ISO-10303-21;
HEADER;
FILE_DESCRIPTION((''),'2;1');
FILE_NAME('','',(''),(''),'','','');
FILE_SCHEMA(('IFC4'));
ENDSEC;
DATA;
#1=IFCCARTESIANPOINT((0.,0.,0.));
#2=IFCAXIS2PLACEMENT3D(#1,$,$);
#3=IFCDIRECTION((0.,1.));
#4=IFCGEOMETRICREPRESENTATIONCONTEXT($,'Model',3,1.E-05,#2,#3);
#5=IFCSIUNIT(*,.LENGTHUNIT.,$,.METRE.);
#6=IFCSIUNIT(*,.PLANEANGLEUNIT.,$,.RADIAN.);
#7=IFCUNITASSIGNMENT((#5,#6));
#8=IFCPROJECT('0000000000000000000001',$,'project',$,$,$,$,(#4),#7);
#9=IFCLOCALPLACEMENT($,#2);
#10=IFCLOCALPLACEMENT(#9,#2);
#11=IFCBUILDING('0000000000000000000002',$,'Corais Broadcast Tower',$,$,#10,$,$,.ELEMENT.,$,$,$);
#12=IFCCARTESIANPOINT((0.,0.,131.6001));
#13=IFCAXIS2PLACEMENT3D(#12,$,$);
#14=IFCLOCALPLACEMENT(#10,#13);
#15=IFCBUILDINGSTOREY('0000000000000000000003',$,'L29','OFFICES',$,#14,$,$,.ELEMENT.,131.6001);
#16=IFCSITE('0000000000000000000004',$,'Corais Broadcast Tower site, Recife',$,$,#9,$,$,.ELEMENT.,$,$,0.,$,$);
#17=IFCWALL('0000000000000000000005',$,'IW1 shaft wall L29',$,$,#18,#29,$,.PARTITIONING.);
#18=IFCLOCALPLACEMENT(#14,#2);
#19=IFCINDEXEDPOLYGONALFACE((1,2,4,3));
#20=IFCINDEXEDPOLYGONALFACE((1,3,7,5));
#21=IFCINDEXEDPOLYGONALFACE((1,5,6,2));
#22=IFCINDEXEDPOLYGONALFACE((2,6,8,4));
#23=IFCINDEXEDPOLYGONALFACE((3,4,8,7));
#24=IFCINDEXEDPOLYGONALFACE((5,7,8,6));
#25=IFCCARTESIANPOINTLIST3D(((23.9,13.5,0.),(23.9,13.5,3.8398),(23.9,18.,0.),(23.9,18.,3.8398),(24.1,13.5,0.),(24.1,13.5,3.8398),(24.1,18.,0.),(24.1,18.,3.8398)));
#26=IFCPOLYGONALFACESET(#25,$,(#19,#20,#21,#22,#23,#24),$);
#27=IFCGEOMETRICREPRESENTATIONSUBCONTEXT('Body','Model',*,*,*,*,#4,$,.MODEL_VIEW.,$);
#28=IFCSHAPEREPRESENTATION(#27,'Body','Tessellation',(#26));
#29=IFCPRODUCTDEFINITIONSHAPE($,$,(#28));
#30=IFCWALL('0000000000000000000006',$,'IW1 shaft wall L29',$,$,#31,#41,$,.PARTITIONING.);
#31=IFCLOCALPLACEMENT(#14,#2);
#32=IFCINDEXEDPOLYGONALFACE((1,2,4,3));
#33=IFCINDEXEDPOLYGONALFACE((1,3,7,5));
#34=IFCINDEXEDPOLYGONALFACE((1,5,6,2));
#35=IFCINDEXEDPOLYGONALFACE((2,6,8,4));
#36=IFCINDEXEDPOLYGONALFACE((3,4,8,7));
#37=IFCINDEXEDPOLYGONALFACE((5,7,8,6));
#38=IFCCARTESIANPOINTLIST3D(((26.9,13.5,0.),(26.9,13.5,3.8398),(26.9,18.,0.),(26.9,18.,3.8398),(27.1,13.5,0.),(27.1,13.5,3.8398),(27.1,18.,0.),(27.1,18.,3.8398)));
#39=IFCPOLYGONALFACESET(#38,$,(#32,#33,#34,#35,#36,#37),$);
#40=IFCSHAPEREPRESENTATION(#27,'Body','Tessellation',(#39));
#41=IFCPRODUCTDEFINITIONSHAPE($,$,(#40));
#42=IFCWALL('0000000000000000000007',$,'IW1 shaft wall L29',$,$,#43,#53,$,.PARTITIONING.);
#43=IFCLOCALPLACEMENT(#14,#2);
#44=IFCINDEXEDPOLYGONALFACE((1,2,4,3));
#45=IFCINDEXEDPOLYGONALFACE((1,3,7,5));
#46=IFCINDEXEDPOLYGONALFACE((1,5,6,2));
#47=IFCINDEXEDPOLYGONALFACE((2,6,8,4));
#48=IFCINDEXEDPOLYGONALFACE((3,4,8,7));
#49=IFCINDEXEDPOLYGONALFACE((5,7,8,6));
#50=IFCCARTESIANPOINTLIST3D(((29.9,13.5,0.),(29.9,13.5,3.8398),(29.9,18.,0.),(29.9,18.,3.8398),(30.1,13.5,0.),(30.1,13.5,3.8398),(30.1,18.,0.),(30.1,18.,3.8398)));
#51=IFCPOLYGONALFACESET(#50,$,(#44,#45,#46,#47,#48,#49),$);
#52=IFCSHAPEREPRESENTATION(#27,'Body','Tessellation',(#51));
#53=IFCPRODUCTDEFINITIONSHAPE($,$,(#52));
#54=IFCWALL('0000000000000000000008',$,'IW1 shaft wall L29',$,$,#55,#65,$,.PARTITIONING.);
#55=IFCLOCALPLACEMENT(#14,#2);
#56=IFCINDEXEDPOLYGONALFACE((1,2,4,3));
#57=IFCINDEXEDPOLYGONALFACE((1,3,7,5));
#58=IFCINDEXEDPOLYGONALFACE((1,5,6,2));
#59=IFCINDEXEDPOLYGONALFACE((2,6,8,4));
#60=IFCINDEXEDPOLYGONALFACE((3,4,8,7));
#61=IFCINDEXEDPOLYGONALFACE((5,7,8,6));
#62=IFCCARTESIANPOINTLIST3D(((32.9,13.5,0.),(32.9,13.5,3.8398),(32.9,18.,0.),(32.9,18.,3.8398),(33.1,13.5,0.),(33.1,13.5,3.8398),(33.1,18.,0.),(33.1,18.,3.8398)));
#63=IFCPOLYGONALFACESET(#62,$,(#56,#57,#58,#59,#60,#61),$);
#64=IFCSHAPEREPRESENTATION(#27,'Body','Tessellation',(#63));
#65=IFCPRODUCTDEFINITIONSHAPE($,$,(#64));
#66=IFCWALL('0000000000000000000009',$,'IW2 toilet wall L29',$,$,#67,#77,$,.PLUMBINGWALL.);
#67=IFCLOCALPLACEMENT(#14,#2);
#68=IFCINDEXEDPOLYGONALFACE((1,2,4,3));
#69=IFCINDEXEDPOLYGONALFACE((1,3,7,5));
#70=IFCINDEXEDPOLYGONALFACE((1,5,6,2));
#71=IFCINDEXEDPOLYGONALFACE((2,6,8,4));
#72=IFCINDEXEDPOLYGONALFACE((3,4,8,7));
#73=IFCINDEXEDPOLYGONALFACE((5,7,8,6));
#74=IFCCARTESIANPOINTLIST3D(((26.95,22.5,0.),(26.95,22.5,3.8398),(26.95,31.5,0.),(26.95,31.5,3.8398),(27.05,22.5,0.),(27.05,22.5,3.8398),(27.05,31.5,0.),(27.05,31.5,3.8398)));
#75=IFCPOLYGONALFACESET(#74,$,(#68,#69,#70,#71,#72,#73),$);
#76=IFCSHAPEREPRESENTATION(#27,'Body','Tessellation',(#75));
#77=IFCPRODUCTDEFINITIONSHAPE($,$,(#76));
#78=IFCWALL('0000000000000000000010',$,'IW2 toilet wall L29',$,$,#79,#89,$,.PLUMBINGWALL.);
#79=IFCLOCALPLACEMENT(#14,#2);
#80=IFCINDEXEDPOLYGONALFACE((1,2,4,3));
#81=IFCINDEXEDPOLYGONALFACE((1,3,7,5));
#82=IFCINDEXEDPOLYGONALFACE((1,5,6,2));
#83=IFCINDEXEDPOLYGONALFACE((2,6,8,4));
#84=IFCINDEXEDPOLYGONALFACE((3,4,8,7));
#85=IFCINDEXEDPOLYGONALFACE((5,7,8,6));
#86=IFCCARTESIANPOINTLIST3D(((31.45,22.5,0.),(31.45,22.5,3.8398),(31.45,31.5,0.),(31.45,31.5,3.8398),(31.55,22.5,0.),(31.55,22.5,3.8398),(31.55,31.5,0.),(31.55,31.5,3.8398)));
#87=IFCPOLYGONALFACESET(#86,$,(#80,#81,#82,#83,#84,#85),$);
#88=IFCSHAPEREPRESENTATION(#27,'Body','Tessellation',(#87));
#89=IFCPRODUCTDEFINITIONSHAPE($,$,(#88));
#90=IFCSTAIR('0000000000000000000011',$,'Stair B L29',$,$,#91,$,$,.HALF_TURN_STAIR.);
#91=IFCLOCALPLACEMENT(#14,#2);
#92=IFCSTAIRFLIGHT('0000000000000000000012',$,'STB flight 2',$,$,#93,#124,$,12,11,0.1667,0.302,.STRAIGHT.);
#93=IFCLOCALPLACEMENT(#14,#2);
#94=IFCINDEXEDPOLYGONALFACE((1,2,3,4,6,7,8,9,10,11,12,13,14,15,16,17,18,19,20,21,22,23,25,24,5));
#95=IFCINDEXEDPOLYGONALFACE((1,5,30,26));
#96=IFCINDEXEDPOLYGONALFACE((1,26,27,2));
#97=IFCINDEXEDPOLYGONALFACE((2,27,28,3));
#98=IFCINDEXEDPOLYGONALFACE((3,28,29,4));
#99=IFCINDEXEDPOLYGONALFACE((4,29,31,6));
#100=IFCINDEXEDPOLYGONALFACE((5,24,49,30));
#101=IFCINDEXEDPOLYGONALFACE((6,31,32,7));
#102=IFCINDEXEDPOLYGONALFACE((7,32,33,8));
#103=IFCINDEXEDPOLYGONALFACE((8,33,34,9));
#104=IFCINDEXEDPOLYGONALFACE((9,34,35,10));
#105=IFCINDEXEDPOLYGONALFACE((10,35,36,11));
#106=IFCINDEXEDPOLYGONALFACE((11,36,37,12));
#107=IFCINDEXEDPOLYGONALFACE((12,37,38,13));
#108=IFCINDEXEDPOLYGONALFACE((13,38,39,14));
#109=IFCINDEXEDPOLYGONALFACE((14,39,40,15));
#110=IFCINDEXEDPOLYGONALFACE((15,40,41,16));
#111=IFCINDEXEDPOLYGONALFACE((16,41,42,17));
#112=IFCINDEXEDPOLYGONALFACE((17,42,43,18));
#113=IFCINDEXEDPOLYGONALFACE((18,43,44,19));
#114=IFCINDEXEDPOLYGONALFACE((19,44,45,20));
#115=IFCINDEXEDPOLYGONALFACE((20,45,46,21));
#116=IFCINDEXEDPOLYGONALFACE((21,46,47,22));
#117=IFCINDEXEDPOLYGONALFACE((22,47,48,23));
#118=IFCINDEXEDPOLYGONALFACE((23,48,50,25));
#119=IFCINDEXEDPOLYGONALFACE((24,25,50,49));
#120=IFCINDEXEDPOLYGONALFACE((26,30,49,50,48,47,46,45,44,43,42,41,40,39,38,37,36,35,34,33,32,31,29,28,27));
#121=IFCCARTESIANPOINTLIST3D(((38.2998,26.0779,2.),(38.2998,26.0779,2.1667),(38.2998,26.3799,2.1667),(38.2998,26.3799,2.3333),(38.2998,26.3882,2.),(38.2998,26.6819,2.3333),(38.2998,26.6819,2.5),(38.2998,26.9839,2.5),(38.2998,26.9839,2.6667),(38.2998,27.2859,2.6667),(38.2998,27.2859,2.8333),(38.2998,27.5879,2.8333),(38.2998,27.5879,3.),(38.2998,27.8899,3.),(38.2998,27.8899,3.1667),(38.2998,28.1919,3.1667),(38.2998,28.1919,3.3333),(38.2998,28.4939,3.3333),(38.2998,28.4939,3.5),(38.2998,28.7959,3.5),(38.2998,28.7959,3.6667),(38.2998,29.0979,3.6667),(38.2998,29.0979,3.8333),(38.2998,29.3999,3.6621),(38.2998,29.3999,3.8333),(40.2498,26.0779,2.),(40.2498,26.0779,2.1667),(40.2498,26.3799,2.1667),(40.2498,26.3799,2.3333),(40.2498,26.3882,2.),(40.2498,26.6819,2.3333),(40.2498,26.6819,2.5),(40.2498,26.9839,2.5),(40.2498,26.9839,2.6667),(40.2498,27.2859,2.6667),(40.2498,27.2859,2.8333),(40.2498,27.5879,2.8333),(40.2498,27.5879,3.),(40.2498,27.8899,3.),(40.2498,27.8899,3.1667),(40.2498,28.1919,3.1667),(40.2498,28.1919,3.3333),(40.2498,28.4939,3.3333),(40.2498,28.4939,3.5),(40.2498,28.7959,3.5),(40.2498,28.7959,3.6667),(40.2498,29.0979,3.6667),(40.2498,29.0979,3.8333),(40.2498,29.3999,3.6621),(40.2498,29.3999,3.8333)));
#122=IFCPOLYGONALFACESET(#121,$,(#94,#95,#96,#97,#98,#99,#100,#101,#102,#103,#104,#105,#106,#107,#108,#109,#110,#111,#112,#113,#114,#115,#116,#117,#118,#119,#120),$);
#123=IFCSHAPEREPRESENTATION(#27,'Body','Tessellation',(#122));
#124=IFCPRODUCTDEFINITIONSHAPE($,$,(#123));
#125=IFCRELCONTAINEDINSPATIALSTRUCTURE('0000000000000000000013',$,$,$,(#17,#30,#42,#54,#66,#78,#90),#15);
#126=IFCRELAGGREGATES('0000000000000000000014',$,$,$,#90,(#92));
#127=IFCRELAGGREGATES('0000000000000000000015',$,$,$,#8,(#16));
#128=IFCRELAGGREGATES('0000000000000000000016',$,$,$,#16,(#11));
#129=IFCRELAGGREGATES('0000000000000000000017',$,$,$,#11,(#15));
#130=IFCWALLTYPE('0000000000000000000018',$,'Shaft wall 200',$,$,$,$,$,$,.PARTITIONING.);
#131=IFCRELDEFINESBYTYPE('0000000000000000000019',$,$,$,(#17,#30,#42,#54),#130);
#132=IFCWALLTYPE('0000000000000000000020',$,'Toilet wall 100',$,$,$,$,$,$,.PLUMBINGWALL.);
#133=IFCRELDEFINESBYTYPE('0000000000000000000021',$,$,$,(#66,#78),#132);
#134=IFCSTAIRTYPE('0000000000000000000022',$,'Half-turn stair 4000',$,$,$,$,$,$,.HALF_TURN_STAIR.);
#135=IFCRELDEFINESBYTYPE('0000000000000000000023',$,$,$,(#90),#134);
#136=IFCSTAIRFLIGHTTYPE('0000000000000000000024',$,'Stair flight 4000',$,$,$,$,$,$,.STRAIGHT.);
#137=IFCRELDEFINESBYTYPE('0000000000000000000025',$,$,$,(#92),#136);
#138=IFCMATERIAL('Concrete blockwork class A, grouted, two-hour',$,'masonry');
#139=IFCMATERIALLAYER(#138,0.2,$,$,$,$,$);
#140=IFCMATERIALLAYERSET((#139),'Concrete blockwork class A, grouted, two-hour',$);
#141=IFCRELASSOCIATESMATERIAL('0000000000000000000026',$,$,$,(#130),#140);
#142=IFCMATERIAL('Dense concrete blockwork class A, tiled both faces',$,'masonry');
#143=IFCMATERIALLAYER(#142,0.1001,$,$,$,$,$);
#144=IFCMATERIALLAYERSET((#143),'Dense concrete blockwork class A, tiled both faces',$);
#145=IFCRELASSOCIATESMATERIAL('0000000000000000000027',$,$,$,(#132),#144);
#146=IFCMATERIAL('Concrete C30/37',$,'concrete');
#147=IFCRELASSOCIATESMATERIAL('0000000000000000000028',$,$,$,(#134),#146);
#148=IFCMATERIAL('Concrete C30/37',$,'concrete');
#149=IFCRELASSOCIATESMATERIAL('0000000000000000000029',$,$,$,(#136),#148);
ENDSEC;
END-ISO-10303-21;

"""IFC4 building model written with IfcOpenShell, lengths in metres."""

from ifc_helpers import new_model, si_unit, direction, frame, frame_2d, origin, place, context, subcontext, project, spatial, polyline, rectangle, outline, extrude, material, layer, layer_set, type_object, element, aggregate, save


model = new_model("IFC4")

# Units and contexts
model_context = context("Model", 3, precision=1e-05, world=origin(), true_north=direction((0.0, 1.0)))
body_context = subcontext(model_context, "Body", "Model", "MODEL_VIEW")
ifc_project = project(units=[si_unit("LENGTHUNIT", "METRE"), si_unit("PLANEANGLEUNIT", "RADIAN")], contexts=[model_context])

# Site, building, storey
site_placement = place(None, origin())
site = spatial("IfcSite", under=ifc_project, at=site_placement, Name="Corais Broadcast Tower site, Recife", CompositionType="ELEMENT", RefElevation=0.0)
building_placement = place(site_placement, origin())
building = spatial("IfcBuilding", under=site, at=building_placement, Name="Corais Broadcast Tower", CompositionType="ELEMENT")
storey_placement = place(building_placement, frame((0.0, 0.0, 131.6001)))
storey = spatial("IfcBuildingStorey", under=building, at=storey_placement, Name="L29", Description="OFFICES", CompositionType="ELEMENT", Elevation=131.6001)

# Walls
ifc_material_1 = material(Name="Concrete blockwork class A, grouted, two-hour", Category="masonry")
ifc_layer_1 = layer(ifc_material_1, 0.2)
ifc_layer_set_1 = layer_set([ifc_layer_1], Name="Concrete blockwork class A, grouted, two-hour")
wall_type_1 = type_object("IfcWallType", Name="Shaft wall 200", PredefinedType="PARTITIONING", material=ifc_layer_set_1)
for number, where, z_axis, x_axis, name in (
    (1, (24.0, 13.5, 0.0), (0.0, 0.0, 1.0), (0.0, 1.0, 0.0), "IW1 shaft wall L29"),
    (2, (27.0, 13.5, 0.0), (0.0, 0.0, 1.0), (0.0, 1.0, 0.0), "IW1 shaft wall L29"),
    (3, (30.0, 13.5, 0.0), (0.0, 0.0, 1.0), (0.0, 1.0, 0.0), "IW1 shaft wall L29"),
    (4, (33.0, 13.5, 0.0), (0.0, 0.0, 1.0), (0.0, 1.0, 0.0), "IW1 shaft wall L29"),
):
    element("IfcWall", number, at=place(storey_placement, frame(where, z_axis=z_axis, x_axis=x_axis)), inside=storey, type_object=wall_type_1, Name=name, PredefinedType="PARTITIONING", context=body_context, shape_type="SweptSolid", body=[
        extrude(rectangle(XDim=4.5, YDim=0.2, at=frame_2d((2.25, 0.0))), origin(), (0.0, 0.0, 1.0), 3.8398),
    ])
ifc_material_2 = material(Name="Dense concrete blockwork class A, tiled both faces", Category="masonry")
ifc_layer_2 = layer(ifc_material_2, 0.1001)
ifc_layer_set_2 = layer_set([ifc_layer_2], Name="Dense concrete blockwork class A, tiled both faces")
wall_type_2 = type_object("IfcWallType", Name="Toilet wall 100", PredefinedType="PLUMBINGWALL", material=ifc_layer_set_2)
for number, where, z_axis, x_axis, name in (
    (5, (27.0, 22.5, 0.0), (0.0, 0.0, 1.0), (0.0, 1.0, 0.0), "IW2 toilet wall L29"),
    (6, (31.5, 22.5, 0.0), (0.0, 0.0, 1.0), (0.0, 1.0, 0.0), "IW2 toilet wall L29"),
):
    element("IfcWall", number, at=place(storey_placement, frame(where, z_axis=z_axis, x_axis=x_axis)), inside=storey, type_object=wall_type_2, Name=name, PredefinedType="PLUMBINGWALL", context=body_context, shape_type="SweptSolid", body=[
        extrude(rectangle(XDim=9.0, YDim=0.1001, at=frame_2d((4.5, 0.0))), origin(), (0.0, 0.0, 1.0), 3.8398),
    ])

# Stair, stair flight
ifc_material_3 = material(Name="Concrete C30/37", Category="concrete")
stair_type = type_object("IfcStairType", Name="Half-turn stair 4000", PredefinedType="HALF_TURN_STAIR", material=ifc_material_3)
stair_placement = place(storey_placement, origin())
stair = element("IfcStair", 7, at=stair_placement, inside=storey, type_object=stair_type, Name="Stair B L29", PredefinedType="HALF_TURN_STAIR")
ifc_material_4 = material(Name="Concrete C30/37", Category="concrete")
stair_flight_type = type_object("IfcStairFlightType", Name="Stair flight 4000", PredefinedType="STRAIGHT", material=ifc_material_4)
stair_flight_placement = place(storey_placement, frame((39.2749, 26.0779, 2.0), z_axis=(0.0, 0.0, 1.0), x_axis=(0.0, 1.0, 0.0)))
stair_flight = element("IfcStairFlight", 8, at=stair_flight_placement, type_object=stair_flight_type, Name="STB flight 2", NumberOfRisers=12, NumberOfTreads=11, PredefinedType="STRAIGHT", RiserHeight=0.1667, TreadLength=0.302, context=body_context, shape_type="SweptSolid", body=[
    extrude(outline(polyline([(0.0, 0.0), (0.0, 0.1667), (0.302, 0.1667), (0.302, 0.3333), (0.604, 0.3333), (0.604, 0.5), (0.906, 0.5), (0.906, 0.6667), (1.208, 0.6667), (1.208, 0.8333), (1.51, 0.8333), (1.51, 1.0), (1.812, 1.0), (1.812, 1.1667), (2.114, 1.1667), (2.114, 1.3333), (2.416, 1.3333), (2.416, 1.5), (2.718, 1.5), (2.718, 1.6667), (3.02, 1.6667), (3.02, 1.8333), (3.322, 1.8333), (3.322, 2.0), (3.322, 1.6621), (0.3103, 0.0), (0.0, 0.0)])), frame((0.0, 0.9751, 0.0), z_axis=(0.0, -1.0, 0.0), x_axis=(1.0, 0.0, 0.0)), (0.0, 0.0, 1.0), 1.95),
])
aggregate(stair, [stair_flight])

save(model, "model.ifc")
